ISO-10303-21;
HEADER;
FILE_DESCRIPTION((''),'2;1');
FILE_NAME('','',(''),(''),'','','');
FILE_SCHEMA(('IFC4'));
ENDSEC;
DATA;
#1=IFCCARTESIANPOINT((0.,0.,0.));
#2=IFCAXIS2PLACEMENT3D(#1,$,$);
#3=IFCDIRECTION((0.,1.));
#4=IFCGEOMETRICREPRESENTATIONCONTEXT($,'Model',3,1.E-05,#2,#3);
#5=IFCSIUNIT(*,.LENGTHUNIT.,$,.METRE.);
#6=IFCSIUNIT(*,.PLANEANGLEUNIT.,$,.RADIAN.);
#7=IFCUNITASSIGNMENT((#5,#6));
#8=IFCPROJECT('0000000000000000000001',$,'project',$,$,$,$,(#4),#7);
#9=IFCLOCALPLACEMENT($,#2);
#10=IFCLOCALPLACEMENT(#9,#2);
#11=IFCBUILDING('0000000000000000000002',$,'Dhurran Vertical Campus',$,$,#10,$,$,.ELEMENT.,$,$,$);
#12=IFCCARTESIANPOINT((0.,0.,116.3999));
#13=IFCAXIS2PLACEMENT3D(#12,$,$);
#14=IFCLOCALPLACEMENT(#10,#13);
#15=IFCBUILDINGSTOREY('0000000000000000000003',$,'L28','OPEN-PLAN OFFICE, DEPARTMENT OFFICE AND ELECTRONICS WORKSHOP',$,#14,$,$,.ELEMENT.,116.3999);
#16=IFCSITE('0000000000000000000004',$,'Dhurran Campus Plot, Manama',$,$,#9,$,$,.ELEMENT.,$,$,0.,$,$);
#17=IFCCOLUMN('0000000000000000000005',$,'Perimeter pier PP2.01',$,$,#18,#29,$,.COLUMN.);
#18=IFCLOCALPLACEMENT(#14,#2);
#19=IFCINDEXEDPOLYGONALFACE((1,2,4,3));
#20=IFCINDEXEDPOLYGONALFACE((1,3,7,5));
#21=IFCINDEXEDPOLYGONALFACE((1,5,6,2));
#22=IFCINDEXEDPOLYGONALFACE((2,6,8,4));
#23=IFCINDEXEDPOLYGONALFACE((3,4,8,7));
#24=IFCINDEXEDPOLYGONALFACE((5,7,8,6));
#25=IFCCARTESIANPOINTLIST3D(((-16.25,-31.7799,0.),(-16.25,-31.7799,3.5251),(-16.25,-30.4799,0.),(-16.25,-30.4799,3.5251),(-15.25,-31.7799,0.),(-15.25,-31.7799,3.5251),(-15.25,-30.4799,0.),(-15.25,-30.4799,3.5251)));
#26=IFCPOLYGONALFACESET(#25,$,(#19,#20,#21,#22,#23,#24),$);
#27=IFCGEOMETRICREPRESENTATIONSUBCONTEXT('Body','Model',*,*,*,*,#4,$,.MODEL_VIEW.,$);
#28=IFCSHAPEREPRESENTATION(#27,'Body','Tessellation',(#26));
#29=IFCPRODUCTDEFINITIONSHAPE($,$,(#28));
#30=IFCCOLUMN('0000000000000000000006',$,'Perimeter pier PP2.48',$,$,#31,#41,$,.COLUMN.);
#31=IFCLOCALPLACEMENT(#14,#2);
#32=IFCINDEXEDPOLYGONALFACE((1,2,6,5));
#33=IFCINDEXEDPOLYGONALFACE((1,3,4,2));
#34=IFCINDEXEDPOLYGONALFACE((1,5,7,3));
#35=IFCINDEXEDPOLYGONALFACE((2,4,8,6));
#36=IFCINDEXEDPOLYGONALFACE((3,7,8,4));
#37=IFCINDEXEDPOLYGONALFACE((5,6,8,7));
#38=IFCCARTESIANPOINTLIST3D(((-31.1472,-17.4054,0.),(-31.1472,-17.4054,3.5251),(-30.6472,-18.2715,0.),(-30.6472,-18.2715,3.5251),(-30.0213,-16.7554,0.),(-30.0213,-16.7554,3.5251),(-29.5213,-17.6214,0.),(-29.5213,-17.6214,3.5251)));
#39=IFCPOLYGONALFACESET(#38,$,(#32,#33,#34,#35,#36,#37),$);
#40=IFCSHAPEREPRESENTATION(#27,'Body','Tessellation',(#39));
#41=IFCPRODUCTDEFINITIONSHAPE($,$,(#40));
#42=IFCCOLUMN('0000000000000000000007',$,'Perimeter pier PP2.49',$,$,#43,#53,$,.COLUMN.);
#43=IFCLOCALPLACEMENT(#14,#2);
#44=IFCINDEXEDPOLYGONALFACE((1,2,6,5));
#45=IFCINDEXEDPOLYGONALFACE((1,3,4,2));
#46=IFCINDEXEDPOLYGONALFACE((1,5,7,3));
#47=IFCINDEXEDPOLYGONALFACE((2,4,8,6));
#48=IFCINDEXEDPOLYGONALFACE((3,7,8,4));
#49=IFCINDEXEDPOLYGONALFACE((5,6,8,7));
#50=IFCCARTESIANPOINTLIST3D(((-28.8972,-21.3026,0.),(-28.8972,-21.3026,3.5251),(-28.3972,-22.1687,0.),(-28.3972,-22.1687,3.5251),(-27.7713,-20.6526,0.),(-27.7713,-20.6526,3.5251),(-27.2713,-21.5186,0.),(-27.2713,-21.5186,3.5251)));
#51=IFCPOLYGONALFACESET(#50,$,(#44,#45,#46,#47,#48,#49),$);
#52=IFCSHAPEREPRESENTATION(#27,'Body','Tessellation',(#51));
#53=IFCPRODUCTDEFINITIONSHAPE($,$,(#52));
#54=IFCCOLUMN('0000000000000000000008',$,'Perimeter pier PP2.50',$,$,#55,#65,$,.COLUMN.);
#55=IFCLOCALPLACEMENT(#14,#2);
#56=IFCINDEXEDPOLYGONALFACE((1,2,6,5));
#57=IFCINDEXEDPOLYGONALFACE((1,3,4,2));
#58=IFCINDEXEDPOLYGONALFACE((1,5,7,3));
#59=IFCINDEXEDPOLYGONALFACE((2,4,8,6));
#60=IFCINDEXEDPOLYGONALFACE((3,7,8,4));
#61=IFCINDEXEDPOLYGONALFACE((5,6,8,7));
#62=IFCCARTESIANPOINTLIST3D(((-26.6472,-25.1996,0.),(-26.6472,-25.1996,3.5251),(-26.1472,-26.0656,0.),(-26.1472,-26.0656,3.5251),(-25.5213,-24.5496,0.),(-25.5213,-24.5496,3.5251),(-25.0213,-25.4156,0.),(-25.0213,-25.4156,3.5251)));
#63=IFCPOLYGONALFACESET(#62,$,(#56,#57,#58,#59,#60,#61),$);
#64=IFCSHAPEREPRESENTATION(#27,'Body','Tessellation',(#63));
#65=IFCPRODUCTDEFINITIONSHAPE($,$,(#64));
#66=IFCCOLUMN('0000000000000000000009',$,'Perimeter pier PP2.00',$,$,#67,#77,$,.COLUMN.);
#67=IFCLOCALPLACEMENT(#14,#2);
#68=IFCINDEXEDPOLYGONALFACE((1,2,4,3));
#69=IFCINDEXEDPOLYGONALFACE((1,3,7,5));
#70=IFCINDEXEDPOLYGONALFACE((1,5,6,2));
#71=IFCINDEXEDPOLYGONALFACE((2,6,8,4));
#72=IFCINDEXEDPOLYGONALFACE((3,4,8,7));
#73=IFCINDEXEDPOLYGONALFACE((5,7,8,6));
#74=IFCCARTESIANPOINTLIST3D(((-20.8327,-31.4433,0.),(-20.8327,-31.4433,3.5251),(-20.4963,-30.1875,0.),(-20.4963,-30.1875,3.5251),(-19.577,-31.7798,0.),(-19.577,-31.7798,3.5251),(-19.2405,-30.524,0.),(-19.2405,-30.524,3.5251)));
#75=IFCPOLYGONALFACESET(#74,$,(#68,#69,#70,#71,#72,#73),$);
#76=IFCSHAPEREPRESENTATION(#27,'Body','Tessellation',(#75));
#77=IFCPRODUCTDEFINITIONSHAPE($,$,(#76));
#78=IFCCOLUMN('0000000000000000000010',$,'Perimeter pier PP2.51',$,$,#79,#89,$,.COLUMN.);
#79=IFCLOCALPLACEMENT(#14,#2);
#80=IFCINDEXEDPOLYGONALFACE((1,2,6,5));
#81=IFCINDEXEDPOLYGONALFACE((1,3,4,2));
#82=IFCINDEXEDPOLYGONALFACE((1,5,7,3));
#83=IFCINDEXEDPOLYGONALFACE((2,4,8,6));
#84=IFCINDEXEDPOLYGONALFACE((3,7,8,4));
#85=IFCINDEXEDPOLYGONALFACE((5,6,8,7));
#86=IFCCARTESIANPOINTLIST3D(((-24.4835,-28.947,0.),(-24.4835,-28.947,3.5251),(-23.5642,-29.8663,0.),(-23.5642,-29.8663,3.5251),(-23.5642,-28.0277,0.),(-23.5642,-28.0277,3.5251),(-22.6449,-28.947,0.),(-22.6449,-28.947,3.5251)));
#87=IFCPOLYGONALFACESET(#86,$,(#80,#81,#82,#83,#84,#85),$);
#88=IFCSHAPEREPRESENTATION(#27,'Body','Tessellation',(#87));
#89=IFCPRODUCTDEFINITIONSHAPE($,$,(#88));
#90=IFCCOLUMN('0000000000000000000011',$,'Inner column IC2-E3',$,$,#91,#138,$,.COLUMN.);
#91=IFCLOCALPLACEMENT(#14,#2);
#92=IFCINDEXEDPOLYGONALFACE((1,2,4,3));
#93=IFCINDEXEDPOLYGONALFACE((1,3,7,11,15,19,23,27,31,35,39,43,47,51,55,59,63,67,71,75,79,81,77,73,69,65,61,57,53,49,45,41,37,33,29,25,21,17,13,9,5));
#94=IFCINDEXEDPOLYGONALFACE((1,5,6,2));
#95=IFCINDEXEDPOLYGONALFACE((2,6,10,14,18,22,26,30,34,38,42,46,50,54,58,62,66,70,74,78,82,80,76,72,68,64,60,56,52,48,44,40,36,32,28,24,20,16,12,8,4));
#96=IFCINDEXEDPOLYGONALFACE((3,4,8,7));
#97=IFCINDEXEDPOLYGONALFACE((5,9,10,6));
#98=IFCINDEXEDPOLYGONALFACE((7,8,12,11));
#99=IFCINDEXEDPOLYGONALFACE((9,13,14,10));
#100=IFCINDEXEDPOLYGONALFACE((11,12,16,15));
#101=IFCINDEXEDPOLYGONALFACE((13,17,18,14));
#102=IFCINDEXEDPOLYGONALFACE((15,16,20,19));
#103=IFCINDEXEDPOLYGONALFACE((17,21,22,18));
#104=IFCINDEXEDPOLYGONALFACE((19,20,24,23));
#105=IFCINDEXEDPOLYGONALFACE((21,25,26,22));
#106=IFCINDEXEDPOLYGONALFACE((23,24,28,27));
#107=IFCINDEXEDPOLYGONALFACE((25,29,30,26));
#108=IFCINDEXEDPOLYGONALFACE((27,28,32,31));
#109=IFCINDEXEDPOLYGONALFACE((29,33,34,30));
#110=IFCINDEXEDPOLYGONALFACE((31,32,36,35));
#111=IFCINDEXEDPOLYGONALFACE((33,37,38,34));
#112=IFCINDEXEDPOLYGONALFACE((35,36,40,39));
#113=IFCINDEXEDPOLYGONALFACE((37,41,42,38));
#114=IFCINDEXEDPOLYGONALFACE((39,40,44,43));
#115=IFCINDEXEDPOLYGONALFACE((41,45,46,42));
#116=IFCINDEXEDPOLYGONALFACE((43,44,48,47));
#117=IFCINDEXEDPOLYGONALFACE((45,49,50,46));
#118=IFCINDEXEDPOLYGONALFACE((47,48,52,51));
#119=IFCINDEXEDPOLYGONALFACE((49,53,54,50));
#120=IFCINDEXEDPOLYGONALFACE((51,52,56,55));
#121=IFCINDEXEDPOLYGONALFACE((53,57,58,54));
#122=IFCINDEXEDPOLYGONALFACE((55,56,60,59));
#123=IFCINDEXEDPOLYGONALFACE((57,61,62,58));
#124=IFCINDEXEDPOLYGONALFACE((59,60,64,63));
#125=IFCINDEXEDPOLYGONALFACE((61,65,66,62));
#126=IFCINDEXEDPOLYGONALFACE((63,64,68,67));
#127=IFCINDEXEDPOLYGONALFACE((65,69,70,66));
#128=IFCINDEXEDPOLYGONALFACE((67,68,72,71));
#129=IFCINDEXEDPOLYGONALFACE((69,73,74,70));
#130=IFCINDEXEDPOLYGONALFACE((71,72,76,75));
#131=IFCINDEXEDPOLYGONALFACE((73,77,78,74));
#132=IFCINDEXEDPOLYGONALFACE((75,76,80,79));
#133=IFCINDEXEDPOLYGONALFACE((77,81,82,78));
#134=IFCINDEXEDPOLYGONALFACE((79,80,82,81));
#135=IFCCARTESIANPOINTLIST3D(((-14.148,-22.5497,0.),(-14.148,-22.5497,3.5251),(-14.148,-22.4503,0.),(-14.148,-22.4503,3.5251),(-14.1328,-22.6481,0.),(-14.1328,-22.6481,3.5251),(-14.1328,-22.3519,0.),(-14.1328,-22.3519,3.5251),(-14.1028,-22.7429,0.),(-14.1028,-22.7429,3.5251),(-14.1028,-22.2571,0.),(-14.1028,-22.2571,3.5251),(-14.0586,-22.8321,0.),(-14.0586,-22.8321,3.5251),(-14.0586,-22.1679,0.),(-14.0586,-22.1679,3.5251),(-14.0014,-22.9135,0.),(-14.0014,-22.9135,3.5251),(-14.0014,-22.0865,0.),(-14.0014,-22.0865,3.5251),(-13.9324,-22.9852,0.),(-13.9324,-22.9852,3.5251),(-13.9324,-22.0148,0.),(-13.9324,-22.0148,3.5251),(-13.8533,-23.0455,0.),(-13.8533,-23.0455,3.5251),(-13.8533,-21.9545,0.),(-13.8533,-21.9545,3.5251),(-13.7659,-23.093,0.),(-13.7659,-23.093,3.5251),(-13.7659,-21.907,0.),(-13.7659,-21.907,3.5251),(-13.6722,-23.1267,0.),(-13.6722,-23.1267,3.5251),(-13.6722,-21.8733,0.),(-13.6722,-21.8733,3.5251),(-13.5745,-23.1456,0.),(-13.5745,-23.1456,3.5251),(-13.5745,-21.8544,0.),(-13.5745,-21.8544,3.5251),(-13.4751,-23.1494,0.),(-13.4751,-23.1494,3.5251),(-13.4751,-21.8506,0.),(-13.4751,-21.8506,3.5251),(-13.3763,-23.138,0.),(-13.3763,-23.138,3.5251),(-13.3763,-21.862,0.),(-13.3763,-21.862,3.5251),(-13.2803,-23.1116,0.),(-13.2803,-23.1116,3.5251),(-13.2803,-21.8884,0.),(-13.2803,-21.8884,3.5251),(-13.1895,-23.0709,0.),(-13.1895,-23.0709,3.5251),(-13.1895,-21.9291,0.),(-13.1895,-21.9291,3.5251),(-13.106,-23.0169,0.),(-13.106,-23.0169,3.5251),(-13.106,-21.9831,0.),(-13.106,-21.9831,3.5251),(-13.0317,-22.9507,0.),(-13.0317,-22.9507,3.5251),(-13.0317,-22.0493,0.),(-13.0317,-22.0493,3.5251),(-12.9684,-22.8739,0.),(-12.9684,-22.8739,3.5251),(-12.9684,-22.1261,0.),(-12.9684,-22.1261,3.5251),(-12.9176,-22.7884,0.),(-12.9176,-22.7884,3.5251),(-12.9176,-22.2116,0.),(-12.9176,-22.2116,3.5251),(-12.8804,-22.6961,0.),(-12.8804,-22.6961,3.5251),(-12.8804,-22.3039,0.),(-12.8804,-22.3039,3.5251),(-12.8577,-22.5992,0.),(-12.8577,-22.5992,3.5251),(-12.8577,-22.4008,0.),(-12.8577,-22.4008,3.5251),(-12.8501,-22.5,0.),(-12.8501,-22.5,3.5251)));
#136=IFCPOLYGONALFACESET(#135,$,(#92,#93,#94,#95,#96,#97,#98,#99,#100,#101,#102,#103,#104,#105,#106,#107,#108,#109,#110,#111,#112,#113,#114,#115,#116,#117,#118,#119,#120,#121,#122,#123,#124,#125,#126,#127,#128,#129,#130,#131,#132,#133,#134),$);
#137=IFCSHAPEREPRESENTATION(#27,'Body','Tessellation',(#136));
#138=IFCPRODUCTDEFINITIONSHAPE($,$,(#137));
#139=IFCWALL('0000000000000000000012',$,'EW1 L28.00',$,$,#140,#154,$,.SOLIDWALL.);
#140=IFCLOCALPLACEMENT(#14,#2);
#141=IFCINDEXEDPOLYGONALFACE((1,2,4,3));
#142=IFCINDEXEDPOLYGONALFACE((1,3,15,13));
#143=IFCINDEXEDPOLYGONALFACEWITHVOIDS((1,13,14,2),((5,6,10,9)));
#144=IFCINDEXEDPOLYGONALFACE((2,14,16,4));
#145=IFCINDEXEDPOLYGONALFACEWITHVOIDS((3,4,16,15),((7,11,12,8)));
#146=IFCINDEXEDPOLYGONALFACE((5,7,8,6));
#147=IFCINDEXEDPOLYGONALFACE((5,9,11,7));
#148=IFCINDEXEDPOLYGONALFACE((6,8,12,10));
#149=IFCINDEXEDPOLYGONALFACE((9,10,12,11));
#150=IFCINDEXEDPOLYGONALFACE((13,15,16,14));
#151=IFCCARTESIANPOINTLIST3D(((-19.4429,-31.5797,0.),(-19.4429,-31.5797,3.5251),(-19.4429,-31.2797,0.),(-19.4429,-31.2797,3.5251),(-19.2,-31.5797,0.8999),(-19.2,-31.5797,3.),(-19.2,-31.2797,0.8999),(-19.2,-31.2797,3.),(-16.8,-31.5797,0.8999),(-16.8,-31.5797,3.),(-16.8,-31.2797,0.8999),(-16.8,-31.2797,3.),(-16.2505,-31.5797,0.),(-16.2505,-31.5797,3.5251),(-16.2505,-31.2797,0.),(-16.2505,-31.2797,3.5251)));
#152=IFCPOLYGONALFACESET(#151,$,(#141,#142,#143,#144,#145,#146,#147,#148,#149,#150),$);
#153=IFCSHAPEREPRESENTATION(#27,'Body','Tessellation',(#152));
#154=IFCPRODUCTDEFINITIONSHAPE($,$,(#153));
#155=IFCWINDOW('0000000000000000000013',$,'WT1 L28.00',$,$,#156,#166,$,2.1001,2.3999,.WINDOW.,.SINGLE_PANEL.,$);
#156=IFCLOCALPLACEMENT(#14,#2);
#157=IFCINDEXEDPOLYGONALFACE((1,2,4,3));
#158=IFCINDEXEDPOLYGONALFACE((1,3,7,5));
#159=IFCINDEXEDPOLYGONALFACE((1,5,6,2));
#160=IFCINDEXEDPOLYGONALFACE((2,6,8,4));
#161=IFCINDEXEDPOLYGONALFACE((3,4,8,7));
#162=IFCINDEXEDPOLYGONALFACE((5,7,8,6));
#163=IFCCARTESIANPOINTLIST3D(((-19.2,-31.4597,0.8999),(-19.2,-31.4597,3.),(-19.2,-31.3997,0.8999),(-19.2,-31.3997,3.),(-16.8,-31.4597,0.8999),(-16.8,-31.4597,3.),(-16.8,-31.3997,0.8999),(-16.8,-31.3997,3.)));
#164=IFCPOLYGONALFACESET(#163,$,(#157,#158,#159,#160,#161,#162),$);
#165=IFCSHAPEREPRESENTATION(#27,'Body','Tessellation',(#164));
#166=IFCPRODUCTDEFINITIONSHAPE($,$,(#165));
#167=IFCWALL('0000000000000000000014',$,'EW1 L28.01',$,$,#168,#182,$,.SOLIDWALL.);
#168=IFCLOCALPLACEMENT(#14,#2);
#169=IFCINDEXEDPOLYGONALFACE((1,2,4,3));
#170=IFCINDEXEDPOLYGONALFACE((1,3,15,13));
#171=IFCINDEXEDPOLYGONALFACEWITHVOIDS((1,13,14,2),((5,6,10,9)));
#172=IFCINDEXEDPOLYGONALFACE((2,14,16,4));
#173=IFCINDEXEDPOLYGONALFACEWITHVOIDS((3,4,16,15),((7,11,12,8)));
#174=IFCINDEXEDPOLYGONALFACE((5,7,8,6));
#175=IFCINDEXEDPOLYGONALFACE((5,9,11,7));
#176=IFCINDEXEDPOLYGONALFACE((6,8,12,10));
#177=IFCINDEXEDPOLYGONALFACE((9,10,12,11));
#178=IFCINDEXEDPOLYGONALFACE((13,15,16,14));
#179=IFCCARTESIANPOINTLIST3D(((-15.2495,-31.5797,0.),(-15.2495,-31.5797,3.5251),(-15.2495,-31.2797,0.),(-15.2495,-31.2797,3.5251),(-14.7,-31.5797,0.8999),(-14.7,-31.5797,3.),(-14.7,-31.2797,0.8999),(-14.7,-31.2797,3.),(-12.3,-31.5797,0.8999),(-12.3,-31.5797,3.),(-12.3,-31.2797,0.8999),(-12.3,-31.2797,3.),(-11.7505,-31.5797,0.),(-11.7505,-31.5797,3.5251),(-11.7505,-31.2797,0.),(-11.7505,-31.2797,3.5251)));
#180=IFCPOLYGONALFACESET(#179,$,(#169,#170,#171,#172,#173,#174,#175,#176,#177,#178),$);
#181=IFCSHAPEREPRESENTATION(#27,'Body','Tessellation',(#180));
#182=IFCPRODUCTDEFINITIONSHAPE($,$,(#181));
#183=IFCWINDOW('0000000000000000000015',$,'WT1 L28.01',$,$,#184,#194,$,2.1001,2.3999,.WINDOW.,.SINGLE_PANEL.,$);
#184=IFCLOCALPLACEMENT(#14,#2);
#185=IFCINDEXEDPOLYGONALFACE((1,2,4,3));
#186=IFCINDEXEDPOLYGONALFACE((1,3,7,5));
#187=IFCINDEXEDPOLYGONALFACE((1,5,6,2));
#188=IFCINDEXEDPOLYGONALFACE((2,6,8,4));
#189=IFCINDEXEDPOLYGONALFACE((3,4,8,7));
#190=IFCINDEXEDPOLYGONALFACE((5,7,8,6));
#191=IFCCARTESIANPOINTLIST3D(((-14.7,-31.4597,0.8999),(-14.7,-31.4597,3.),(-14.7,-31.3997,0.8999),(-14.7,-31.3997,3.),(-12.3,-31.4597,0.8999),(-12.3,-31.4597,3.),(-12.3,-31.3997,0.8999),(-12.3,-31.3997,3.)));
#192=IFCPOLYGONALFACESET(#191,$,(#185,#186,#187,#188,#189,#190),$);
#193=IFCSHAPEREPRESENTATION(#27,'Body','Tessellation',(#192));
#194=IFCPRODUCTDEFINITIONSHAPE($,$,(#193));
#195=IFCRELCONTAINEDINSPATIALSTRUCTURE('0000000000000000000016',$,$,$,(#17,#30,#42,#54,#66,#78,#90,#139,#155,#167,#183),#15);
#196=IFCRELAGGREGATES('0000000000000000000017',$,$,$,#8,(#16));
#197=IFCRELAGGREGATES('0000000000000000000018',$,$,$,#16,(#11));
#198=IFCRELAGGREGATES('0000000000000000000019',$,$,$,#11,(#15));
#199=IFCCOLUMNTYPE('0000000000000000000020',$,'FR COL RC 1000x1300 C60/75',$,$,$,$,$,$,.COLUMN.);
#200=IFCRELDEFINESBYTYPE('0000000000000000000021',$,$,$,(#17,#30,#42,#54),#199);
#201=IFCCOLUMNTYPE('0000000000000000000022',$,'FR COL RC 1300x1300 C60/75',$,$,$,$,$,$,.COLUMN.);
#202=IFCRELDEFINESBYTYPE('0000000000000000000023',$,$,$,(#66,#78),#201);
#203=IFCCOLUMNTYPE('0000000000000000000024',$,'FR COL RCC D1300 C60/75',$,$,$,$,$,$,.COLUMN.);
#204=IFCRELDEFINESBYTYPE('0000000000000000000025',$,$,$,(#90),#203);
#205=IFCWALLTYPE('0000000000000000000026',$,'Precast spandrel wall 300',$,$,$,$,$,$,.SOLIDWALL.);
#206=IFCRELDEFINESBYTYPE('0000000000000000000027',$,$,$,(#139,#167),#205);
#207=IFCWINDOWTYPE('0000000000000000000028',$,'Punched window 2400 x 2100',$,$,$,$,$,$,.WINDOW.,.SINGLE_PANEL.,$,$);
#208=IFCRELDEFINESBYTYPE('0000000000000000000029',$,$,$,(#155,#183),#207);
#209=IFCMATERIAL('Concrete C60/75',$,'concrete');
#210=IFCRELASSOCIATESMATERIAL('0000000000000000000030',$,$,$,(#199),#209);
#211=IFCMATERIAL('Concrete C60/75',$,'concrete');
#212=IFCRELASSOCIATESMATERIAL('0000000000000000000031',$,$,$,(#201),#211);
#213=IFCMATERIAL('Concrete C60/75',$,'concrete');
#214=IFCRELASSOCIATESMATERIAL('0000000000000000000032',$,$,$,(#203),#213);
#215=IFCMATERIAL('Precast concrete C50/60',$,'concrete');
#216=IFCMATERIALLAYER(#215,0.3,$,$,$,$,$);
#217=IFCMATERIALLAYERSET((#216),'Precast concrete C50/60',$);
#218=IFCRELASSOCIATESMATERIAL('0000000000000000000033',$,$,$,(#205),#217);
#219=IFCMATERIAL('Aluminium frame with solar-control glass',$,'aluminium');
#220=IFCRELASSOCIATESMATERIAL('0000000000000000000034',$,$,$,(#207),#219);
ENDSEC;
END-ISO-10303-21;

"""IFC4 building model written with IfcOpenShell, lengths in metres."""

from ifc_helpers import new_model, si_unit, direction, frame, frame_2d, origin, origin_2d, place, context, subcontext, project, spatial, rectangle, circle, extrude, material, layer, layer_set, material_profile, profile_set, type_object, element, fill, save


model = new_model("IFC4")

# Units and contexts
model_context = context("Model", 3, precision=1e-05, world=origin(), true_north=direction((0.0, 1.0)))
body_context = subcontext(model_context, "Body", "Model", "MODEL_VIEW")
ifc_project = project(units=[si_unit("LENGTHUNIT", "METRE"), si_unit("PLANEANGLEUNIT", "RADIAN")], contexts=[model_context])

# Site, building, storey
site_placement = place(None, origin())
site = spatial("IfcSite", under=ifc_project, at=site_placement, Name="Dhurran Campus Plot, Manama", CompositionType="ELEMENT", RefElevation=0.0)
building_placement = place(site_placement, origin())
building = spatial("IfcBuilding", under=site, at=building_placement, Name="Dhurran Vertical Campus", CompositionType="ELEMENT")
storey_placement = place(building_placement, frame((0.0, 0.0, 116.3999)))
storey = spatial("IfcBuildingStorey", under=building, at=storey_placement, Name="L28", Description="OPEN-PLAN OFFICE, DEPARTMENT OFFICE AND ELECTRONICS WORKSHOP", CompositionType="ELEMENT", Elevation=116.3999)

# Columns
ifc_material_1 = material(Name="Concrete C60/75", Category="concrete")
ifc_material_profile_1 = material_profile(ifc_material_1, rectangle(XDim=1.0, YDim=1.3, at=origin_2d()), Name="RC 1000x1300")
ifc_profile_set_1 = profile_set([ifc_material_profile_1], Name="Concrete C60/75")
column_type_1 = type_object("IfcColumnType", Name="FR COL RC 1000x1300 C60/75", PredefinedType="COLUMN", material=ifc_profile_set_1)
for number, where, z_axis, x_axis, name in (
    (1, (-15.75, -31.1299, 0.0), (0.0, 0.0, 1.0), (1.0, 0.0, 0.0), "Perimeter pier PP2.01"),
    (2, (-30.3342, -17.5134, 0.0), (0.0, 0.0, 1.0), (0.5, -0.866025, 0.0), "Perimeter pier PP2.48"),
    (3, (-28.0842, -21.4106, 0.0), (0.0, 0.0, 1.0), (0.5, -0.866025, 0.0), "Perimeter pier PP2.49"),
    (4, (-25.8342, -25.3076, 0.0), (0.0, 0.0, 1.0), (0.5, -0.866025, 0.0), "Perimeter pier PP2.50"),
):
    element("IfcColumn", number, at=place(storey_placement, frame(where, z_axis=z_axis, x_axis=x_axis)), inside=storey, type_object=column_type_1, Name=name, PredefinedType="COLUMN", context=body_context, shape_type="SweptSolid", body=[
        extrude(rectangle(XDim=1.0, YDim=1.3, at=origin_2d()), origin(), (0.0, 0.0, 1.0), 3.5251),
    ])
ifc_material_2 = material(Name="Concrete C60/75", Category="concrete")
ifc_material_profile_2 = material_profile(ifc_material_2, rectangle(XDim=1.3, YDim=1.3, at=origin_2d()), Name="RC 1300x1300")
ifc_profile_set_2 = profile_set([ifc_material_profile_2], Name="Concrete C60/75")
column_type_2 = type_object("IfcColumnType", Name="FR COL RC 1300x1300 C60/75", PredefinedType="COLUMN", material=ifc_profile_set_2)
for number, where, z_axis, x_axis, name in (
    (5, (-20.0366, -30.9836, 0.0), (0.0, 0.0, 1.0), (0.965926, -0.258819, 0.0), "Perimeter pier PP2.00"),
    (6, (-23.5642, -28.947, 0.0), (0.0, 0.0, 1.0), (0.707107, -0.707107, 0.0), "Perimeter pier PP2.51"),
):
    element("IfcColumn", number, at=place(storey_placement, frame(where, z_axis=z_axis, x_axis=x_axis)), inside=storey, type_object=column_type_2, Name=name, PredefinedType="COLUMN", context=body_context, shape_type="SweptSolid", body=[
        extrude(rectangle(XDim=1.3, YDim=1.3, at=origin_2d()), origin(), (0.0, 0.0, 1.0), 3.5251),
    ])
ifc_material_3 = material(Name="Concrete C60/75", Category="concrete")
ifc_material_profile_3 = material_profile(ifc_material_3, circle(Radius=0.6499, at=origin_2d()), Name="RCC D1300")
ifc_profile_set_3 = profile_set([ifc_material_profile_3], Name="Concrete C60/75")
column_type_3 = type_object("IfcColumnType", Name="FR COL RCC D1300 C60/75", PredefinedType="COLUMN", material=ifc_profile_set_3)
column_placement = place(storey_placement, frame((-13.5, -22.5, 0.0), z_axis=(0.0, 0.0, 1.0), x_axis=(1.0, 0.0, 0.0)))
element("IfcColumn", 7, at=column_placement, inside=storey, type_object=column_type_3, Name="Inner column IC2-E3", PredefinedType="COLUMN", context=body_context, shape_type="SweptSolid", body=[
    extrude(circle(Radius=0.6499, at=origin_2d()), origin(), (0.0, 0.0, 1.0), 3.5251),
])

# Walls, openings, windows
ifc_material_4 = material(Name="Precast concrete C50/60", Category="concrete")
ifc_layer_1 = layer(ifc_material_4, 0.3)
ifc_layer_set_1 = layer_set([ifc_layer_1], Name="Precast concrete C50/60")
wall_type_1 = type_object("IfcWallType", Name="Precast spandrel wall 300", PredefinedType="SOLIDWALL", material=ifc_layer_set_1)
wall_1_placement = place(storey_placement, frame((-19.4429, -31.4297, 0.0), z_axis=(0.0, 0.0, 1.0), x_axis=(1.0, 0.0, 0.0)))
wall_1 = element("IfcWall", 8, at=wall_1_placement, inside=storey, type_object=wall_type_1, Name="EW1 L28.00", PredefinedType="SOLIDWALL", context=body_context, shape_type="SweptSolid", body=[
    extrude(rectangle(XDim=3.1924, YDim=0.3, at=frame_2d((1.5962, 0.0))), origin(), (0.0, 0.0, 1.0), 3.5251),
])
opening_1_placement = place(wall_1_placement, frame((0.2429, 0.0, 0.8999)))
opening_1 = element("IfcOpeningElement", 9, at=opening_1_placement, cuts=wall_1, PredefinedType="OPENING", context=body_context, shape_type="SweptSolid", body=[
    extrude(rectangle(XDim=2.3999, YDim=2.1001, at=frame_2d((1.2, 1.05))), frame((0.0, 0.1599, 0.0), z_axis=(0.0, -1.0, 0.0), x_axis=(1.0, 0.0, 0.0)), (0.0, 0.0, 1.0), 0.3201),
])
ifc_material_5 = material(Name="Aluminium frame with solar-control glass", Category="aluminium")
window_type = type_object("IfcWindowType", Name="Punched window 2400 x 2100", PartitioningType="SINGLE_PANEL", PredefinedType="WINDOW", material=ifc_material_5)
window_1_placement = place(opening_1_placement, origin())
window_1 = element("IfcWindow", 10, at=window_1_placement, inside=storey, type_object=window_type, Name="WT1 L28.00", OverallHeight=2.1001, OverallWidth=2.3999, PartitioningType="SINGLE_PANEL", PredefinedType="WINDOW", context=body_context, shape_type="SweptSolid", body=[
    extrude(rectangle(XDim=2.3999, YDim=2.1001, at=frame_2d((1.2, 1.05))), frame((0.0, 0.03, 0.0), z_axis=(0.0, -1.0, 0.0), x_axis=(1.0, 0.0, 0.0)), (0.0, 0.0, 1.0), 0.0601),
])
fill(opening_1, window_1)
wall_2_placement = place(storey_placement, frame((-15.2495, -31.4297, 0.0), z_axis=(0.0, 0.0, 1.0), x_axis=(1.0, 0.0, 0.0)))
wall_2 = element("IfcWall", 11, at=wall_2_placement, inside=storey, type_object=wall_type_1, Name="EW1 L28.01", PredefinedType="SOLIDWALL", context=body_context, shape_type="SweptSolid", body=[
    extrude(rectangle(XDim=3.499, YDim=0.3, at=frame_2d((1.7495, 0.0))), origin(), (0.0, 0.0, 1.0), 3.5251),
])
opening_2_placement = place(wall_2_placement, frame((0.5496, 0.0, 0.8999)))
opening_2 = element("IfcOpeningElement", 12, at=opening_2_placement, cuts=wall_2, PredefinedType="OPENING", context=body_context, shape_type="SweptSolid", body=[
    extrude(rectangle(XDim=2.3999, YDim=2.1001, at=frame_2d((1.2, 1.05))), frame((0.0, 0.1599, 0.0), z_axis=(0.0, -1.0, 0.0), x_axis=(1.0, 0.0, 0.0)), (0.0, 0.0, 1.0), 0.3201),
])
window_2_placement = place(opening_2_placement, origin())
window_2 = element("IfcWindow", 13, at=window_2_placement, inside=storey, type_object=window_type, Name="WT1 L28.01", OverallHeight=2.1001, OverallWidth=2.3999, PartitioningType="SINGLE_PANEL", PredefinedType="WINDOW", context=body_context, shape_type="SweptSolid", body=[
    extrude(rectangle(XDim=2.3999, YDim=2.1001, at=frame_2d((1.2, 1.05))), frame((0.0, 0.03, 0.0), z_axis=(0.0, -1.0, 0.0), x_axis=(1.0, 0.0, 0.0)), (0.0, 0.0, 1.0), 0.0601),
])
fill(opening_2, window_2)

save(model, "model.ifc")
